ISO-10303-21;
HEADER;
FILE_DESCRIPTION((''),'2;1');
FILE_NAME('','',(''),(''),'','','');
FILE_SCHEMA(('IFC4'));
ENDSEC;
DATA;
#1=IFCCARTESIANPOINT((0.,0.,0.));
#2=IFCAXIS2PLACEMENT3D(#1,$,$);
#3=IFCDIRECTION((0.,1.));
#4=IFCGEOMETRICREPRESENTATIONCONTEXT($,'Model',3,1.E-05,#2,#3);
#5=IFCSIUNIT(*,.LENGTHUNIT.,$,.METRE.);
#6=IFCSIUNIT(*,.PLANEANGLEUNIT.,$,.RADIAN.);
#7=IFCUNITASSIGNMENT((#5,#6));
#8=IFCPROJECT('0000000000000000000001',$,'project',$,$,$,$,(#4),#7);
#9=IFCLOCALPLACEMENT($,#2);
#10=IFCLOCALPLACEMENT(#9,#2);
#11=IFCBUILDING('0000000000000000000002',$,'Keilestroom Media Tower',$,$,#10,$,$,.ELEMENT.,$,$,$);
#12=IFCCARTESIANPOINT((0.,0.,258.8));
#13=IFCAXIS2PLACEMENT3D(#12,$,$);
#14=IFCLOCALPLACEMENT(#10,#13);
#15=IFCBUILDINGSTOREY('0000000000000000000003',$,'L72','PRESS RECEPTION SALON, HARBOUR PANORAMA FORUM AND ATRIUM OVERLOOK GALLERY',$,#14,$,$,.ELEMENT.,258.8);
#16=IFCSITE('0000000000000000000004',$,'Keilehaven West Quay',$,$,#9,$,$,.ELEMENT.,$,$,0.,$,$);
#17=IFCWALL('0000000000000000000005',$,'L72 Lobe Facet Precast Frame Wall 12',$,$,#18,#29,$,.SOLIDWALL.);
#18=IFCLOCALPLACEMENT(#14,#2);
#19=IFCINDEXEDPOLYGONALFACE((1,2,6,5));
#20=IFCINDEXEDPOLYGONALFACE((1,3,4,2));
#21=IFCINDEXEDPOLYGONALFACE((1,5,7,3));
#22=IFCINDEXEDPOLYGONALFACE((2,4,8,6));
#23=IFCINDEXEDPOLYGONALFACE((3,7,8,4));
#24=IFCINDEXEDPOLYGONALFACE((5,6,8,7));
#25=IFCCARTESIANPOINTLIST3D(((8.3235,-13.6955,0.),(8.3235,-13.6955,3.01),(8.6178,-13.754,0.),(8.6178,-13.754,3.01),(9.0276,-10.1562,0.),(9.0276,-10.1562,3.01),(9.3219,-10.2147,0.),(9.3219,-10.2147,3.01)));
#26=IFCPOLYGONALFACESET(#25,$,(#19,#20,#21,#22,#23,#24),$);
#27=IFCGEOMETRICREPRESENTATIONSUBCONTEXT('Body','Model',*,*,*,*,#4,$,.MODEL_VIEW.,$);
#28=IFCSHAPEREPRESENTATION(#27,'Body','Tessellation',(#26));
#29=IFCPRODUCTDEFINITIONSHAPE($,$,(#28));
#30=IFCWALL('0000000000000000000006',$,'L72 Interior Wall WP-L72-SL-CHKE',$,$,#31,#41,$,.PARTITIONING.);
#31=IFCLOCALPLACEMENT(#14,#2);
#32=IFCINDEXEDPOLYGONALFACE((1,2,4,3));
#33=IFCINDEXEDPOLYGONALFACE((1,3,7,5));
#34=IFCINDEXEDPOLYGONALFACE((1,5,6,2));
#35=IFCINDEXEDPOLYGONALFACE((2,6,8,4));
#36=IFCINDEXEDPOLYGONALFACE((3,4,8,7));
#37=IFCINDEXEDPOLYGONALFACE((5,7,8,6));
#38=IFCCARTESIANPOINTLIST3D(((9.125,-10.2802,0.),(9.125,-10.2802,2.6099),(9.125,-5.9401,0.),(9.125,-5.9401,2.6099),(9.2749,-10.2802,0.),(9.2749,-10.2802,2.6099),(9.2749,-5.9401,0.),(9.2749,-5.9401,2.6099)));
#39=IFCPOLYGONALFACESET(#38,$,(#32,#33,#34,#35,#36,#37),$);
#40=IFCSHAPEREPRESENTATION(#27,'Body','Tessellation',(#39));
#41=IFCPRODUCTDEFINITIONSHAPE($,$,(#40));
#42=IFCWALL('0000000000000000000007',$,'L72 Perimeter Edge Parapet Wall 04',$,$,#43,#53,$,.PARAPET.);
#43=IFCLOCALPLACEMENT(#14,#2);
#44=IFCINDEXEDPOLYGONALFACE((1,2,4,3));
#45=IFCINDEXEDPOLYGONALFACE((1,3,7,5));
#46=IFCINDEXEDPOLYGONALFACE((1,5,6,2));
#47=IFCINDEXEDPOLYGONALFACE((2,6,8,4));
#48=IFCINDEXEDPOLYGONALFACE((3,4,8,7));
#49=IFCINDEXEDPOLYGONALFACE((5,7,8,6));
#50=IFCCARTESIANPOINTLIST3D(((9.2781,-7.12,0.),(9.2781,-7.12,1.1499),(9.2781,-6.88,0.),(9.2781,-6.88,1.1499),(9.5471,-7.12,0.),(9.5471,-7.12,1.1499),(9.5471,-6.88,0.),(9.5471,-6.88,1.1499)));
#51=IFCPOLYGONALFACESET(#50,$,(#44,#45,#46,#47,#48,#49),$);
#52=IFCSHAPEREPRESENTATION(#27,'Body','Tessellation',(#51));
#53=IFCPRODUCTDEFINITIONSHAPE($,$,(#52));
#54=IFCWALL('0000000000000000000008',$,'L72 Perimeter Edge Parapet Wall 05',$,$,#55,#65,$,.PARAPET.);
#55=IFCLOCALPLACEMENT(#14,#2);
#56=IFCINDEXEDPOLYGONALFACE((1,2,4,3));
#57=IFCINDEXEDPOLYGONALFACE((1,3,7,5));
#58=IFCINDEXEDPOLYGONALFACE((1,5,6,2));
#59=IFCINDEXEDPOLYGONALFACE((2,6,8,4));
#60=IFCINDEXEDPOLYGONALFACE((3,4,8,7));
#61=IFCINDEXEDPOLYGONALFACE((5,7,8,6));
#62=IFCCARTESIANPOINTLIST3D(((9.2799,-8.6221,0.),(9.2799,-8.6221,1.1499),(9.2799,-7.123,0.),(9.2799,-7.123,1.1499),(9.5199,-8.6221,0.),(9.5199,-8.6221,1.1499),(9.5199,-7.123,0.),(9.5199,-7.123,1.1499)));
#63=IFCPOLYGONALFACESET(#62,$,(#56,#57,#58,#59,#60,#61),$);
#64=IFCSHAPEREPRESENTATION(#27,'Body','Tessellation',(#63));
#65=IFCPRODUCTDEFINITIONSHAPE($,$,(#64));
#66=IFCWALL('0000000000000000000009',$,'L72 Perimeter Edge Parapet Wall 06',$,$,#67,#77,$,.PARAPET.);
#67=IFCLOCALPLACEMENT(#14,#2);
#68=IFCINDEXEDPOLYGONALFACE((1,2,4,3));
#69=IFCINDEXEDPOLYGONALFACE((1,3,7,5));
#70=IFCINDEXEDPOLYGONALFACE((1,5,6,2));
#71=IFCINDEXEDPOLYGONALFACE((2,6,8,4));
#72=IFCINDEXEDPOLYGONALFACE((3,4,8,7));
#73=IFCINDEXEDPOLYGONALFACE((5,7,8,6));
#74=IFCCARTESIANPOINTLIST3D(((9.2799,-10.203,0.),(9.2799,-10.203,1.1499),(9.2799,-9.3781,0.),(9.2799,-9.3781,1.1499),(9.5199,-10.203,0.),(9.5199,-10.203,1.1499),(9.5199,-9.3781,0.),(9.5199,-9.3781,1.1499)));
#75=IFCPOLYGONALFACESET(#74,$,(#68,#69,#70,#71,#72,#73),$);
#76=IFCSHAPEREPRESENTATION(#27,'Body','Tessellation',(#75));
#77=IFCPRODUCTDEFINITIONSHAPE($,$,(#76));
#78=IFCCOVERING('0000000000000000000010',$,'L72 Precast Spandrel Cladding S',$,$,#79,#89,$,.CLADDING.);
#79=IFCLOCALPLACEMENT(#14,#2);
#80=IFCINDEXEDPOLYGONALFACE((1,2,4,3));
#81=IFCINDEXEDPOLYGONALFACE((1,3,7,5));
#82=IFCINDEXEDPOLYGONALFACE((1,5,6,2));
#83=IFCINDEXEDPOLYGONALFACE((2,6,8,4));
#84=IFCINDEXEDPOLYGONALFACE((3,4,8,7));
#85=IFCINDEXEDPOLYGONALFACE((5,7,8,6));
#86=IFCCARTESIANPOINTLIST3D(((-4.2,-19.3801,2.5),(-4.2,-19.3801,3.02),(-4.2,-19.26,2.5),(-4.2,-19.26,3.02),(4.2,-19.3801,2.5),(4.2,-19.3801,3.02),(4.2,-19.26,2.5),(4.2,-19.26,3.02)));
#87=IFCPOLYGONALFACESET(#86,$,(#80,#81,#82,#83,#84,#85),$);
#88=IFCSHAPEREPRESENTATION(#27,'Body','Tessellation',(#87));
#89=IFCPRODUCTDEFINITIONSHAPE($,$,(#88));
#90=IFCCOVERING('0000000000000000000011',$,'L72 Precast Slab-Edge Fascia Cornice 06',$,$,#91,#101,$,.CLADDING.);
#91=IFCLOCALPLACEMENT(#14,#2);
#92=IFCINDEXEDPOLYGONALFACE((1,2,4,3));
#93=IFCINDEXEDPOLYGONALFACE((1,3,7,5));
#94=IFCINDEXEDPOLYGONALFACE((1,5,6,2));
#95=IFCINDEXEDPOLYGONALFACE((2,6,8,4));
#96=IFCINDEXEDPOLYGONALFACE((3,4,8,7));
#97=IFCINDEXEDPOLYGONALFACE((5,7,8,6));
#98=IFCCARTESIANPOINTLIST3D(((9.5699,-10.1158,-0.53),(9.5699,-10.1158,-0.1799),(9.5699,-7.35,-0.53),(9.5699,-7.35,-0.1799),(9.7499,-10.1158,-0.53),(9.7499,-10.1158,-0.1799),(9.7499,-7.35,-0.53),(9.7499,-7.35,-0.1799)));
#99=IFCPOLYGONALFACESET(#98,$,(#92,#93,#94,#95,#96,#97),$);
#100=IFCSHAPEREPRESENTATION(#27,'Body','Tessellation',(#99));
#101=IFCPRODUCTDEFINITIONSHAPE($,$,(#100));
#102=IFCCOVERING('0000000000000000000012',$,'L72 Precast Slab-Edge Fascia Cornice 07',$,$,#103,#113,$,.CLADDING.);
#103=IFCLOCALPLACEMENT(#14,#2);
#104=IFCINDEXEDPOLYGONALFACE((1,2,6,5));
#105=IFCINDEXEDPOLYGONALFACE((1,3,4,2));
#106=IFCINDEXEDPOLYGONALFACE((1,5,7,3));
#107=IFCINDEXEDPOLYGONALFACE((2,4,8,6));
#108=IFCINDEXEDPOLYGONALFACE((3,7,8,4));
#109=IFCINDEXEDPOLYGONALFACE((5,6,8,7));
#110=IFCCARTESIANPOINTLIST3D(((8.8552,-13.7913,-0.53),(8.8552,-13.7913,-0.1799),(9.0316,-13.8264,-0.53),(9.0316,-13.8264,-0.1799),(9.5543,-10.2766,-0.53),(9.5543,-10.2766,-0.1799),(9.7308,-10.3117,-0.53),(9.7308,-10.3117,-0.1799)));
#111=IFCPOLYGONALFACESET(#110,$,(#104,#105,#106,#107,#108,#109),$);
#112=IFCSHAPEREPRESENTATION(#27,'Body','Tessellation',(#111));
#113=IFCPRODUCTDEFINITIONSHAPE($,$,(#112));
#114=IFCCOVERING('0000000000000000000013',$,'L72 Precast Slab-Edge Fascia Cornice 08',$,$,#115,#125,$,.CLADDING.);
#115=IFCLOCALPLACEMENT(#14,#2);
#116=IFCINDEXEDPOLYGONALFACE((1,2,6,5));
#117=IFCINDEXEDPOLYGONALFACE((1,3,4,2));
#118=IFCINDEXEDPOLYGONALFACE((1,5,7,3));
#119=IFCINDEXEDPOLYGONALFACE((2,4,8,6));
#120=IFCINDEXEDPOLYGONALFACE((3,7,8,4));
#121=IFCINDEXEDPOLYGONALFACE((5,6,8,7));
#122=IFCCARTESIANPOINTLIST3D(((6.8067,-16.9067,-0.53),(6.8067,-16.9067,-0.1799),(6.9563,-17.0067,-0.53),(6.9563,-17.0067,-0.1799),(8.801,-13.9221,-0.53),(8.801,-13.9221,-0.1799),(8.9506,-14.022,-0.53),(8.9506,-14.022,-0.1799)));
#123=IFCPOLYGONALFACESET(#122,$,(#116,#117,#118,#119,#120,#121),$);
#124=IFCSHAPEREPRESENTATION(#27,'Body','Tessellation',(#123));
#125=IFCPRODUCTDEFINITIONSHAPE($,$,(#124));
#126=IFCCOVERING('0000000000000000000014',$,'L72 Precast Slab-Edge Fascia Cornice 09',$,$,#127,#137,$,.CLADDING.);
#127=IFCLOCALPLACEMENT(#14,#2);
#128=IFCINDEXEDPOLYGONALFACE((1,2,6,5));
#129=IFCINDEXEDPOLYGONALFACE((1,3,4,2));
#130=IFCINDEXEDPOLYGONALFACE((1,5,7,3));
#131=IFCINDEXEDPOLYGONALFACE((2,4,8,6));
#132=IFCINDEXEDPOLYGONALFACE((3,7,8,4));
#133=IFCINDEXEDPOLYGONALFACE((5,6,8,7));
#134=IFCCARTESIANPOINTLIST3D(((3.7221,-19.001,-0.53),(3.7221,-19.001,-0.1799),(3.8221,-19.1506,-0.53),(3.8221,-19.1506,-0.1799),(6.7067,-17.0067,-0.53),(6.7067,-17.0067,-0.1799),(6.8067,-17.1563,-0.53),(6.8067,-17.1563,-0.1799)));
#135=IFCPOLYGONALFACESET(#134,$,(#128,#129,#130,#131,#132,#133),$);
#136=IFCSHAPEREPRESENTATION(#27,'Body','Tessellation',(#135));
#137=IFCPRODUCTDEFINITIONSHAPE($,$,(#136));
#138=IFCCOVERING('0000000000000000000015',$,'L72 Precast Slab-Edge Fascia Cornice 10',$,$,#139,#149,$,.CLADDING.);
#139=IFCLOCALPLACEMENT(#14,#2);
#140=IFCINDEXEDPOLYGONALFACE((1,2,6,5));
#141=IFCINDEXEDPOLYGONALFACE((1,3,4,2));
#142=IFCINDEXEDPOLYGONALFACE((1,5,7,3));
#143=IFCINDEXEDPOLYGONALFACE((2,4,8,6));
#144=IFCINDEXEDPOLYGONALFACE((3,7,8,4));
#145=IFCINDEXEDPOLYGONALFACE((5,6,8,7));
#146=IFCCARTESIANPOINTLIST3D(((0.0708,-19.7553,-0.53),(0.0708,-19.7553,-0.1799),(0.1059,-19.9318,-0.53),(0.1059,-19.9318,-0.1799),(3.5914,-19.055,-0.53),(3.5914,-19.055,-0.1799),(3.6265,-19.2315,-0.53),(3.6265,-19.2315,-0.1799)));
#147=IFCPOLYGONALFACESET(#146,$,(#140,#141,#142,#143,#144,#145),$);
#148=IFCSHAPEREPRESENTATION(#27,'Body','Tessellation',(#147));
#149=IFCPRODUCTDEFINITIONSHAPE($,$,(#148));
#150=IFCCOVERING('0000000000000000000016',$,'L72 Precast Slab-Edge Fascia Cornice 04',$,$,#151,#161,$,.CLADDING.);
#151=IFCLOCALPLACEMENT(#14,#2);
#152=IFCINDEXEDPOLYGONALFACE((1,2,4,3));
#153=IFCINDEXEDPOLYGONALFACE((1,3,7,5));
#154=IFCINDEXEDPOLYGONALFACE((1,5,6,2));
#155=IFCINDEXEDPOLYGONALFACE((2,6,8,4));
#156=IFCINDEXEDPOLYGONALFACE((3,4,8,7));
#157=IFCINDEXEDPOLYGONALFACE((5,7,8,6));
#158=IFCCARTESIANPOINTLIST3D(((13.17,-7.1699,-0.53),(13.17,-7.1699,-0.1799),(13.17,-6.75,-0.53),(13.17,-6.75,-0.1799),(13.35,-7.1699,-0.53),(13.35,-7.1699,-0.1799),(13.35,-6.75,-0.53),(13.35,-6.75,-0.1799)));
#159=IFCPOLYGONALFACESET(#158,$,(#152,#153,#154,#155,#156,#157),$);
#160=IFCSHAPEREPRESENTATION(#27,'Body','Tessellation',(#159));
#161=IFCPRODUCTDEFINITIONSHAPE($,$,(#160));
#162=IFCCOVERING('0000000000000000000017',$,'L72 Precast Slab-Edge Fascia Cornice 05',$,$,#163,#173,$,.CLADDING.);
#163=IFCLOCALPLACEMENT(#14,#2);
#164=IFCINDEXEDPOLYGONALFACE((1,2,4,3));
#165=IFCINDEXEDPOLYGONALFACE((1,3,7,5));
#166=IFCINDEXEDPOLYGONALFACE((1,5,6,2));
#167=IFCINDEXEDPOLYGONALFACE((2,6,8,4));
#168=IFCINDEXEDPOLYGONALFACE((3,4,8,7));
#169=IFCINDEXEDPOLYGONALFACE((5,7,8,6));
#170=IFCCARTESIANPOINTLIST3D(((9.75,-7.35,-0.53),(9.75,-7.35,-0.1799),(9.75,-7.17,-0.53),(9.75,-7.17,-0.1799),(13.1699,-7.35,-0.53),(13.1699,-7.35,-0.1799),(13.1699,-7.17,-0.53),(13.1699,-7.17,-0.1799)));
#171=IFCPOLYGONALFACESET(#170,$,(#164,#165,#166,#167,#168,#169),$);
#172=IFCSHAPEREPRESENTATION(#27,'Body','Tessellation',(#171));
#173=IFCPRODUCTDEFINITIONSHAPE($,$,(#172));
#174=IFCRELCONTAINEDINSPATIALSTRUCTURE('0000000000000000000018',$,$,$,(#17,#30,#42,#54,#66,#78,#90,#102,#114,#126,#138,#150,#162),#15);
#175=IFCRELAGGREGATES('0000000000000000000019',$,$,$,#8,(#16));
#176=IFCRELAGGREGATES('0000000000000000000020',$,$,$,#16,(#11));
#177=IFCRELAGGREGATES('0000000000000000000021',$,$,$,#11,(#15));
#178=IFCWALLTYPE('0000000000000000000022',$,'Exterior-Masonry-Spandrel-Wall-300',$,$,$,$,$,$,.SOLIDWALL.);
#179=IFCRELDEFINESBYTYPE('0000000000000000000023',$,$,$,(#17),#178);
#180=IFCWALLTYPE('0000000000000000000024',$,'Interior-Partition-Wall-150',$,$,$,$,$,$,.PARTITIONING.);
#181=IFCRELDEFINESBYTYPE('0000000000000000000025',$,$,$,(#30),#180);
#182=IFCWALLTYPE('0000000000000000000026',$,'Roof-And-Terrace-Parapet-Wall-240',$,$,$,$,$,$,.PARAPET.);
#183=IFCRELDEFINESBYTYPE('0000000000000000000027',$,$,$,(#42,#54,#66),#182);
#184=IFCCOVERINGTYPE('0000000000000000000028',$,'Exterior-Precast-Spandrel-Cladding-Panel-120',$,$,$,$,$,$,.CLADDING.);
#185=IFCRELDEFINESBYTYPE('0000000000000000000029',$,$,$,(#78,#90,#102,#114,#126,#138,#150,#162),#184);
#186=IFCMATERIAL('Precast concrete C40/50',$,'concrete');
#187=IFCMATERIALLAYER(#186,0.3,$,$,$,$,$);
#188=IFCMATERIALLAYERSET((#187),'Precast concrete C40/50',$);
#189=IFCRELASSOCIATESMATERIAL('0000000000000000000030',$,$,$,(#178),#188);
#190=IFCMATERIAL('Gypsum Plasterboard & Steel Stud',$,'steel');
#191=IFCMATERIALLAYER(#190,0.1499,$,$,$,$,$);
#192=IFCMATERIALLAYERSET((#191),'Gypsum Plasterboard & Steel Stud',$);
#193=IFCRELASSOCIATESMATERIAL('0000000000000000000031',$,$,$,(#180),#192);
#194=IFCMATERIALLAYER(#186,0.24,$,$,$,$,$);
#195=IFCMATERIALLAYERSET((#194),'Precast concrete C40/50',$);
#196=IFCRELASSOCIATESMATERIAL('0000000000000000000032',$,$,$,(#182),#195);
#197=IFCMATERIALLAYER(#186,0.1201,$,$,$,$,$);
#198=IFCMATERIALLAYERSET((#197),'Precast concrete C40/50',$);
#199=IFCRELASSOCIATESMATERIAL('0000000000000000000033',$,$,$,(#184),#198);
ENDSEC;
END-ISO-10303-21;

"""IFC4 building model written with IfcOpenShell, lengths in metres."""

from ifc_helpers import new_model, si_unit, direction, frame, frame_2d, origin, origin_2d, place, context, subcontext, project, spatial, rectangle, extrude, source, transform, mapped, material, layer, layer_set, type_object, element, save


model = new_model("IFC4")

# Units and contexts
model_context = context("Model", 3, precision=1e-05, world=origin(), true_north=direction((0.0, 1.0)))
body_context = subcontext(model_context, "Body", "Model", "MODEL_VIEW")
ifc_project = project(units=[si_unit("LENGTHUNIT", "METRE"), si_unit("PLANEANGLEUNIT", "RADIAN")], contexts=[model_context])

# Site, building, storey
site_placement = place(None, origin())
site = spatial("IfcSite", under=ifc_project, at=site_placement, Name="Keilehaven West Quay", CompositionType="ELEMENT", RefElevation=0.0)
building_placement = place(site_placement, origin())
building = spatial("IfcBuilding", under=site, at=building_placement, Name="Keilestroom Media Tower", CompositionType="ELEMENT")
storey_placement = place(building_placement, frame((0.0, 0.0, 258.8)))
storey = spatial("IfcBuildingStorey", under=building, at=storey_placement, Name="L72", Description="PRESS RECEPTION SALON, HARBOUR PANORAMA FORUM AND ATRIUM OVERLOOK GALLERY", CompositionType="ELEMENT", Elevation=258.8)

# Walls
ifc_material_1 = material(Name="Precast concrete C40/50", Category="concrete")
ifc_layer_1 = layer(ifc_material_1, 0.3)
ifc_layer_set_1 = layer_set([ifc_layer_1], Name="Precast concrete C40/50")
wall_type_1 = type_object("IfcWallType", Name="Exterior-Masonry-Spandrel-Wall-300", PredefinedType="SOLIDWALL", material=ifc_layer_set_1)
wall_1_placement = place(storey_placement, frame((8.4707, -13.7246, 0.0), z_axis=(0.0, 0.0, 1.0), x_axis=(0.195114, 0.980781, 0.0)))
element("IfcWall", 1, at=wall_1_placement, inside=storey, type_object=wall_type_1, Name="L72 Lobe Facet Precast Frame Wall 12", PredefinedType="SOLIDWALL", context=body_context, shape_type="SweptSolid", body=[
    extrude(rectangle(XDim=3.6086, YDim=0.3, at=frame_2d((1.8042, 0.0))), origin(), (0.0, 0.0, 1.0), 3.01),
])
ifc_material_2 = material(Name="Gypsum Plasterboard & Steel Stud", Category="steel")
ifc_layer_2 = layer(ifc_material_2, 0.1499)
ifc_layer_set_2 = layer_set([ifc_layer_2], Name="Gypsum Plasterboard & Steel Stud")
wall_type_2 = type_object("IfcWallType", Name="Interior-Partition-Wall-150", PredefinedType="PARTITIONING", material=ifc_layer_set_2)
wall_2_placement = place(storey_placement, frame((9.2, -10.28, 0.0), z_axis=(0.0, 0.0, 1.0), x_axis=(0.0, 1.0, 0.0)))
element("IfcWall", 2, at=wall_2_placement, inside=storey, type_object=wall_type_2, Name="L72 Interior Wall WP-L72-SL-CHKE", PredefinedType="PARTITIONING", context=body_context, shape_type="SweptSolid", body=[
    extrude(rectangle(XDim=4.3401, YDim=0.1499, at=frame_2d((2.1699, 0.0))), origin(), (0.0, 0.0, 1.0), 2.6099),
])
ifc_layer_3 = layer(ifc_material_1, 0.24)
ifc_layer_set_3 = layer_set([ifc_layer_3], Name="Precast concrete C40/50")
wall_type_3 = type_object("IfcWallType", Name="Roof-And-Terrace-Parapet-Wall-240", PredefinedType="PARAPET", material=ifc_layer_set_3)
wall_3_placement = place(storey_placement, frame((9.5471, -7.0, 0.0), z_axis=(0.0, 0.0, 1.0), x_axis=(-1.0, 0.0, 0.0)))
element("IfcWall", 3, at=wall_3_placement, inside=storey, type_object=wall_type_3, Name="L72 Perimeter Edge Parapet Wall 04", PredefinedType="PARAPET", context=body_context, shape_type="SweptSolid", body=[
    extrude(rectangle(XDim=0.269, YDim=0.24, at=frame_2d((0.1345, 0.0))), origin(), (0.0, 0.0, 1.0), 1.1499),
])
wall_4_placement = place(storey_placement, frame((9.3999, -7.123, 0.0), z_axis=(0.0, 0.0, 1.0), x_axis=(0.0, -1.0, 0.0)))
element("IfcWall", 4, at=wall_4_placement, inside=storey, type_object=wall_type_3, Name="L72 Perimeter Edge Parapet Wall 05", PredefinedType="PARAPET", context=body_context, shape_type="SweptSolid", body=[
    extrude(rectangle(XDim=1.499, YDim=0.24, at=frame_2d((0.7495, 0.0))), origin(), (0.0, 0.0, 1.0), 1.1499),
])
wall_5_placement = place(storey_placement, frame((9.3999, -9.3779, 0.0), z_axis=(0.0, 0.0, 1.0), x_axis=(0.0, -1.0, 0.0)))
element("IfcWall", 5, at=wall_5_placement, inside=storey, type_object=wall_type_3, Name="L72 Perimeter Edge Parapet Wall 06", PredefinedType="PARAPET", context=body_context, shape_type="SweptSolid", body=[
    extrude(rectangle(XDim=0.825, YDim=0.24, at=frame_2d((0.4126, 0.0))), origin(), (0.0, 0.0, 1.0), 1.1499),
])

# Coverings
ifc_layer_4 = layer(ifc_material_1, 0.1201)
ifc_layer_set_4 = layer_set([ifc_layer_4], Name="Precast concrete C40/50")
covering_type_1 = type_object("IfcCoveringType", Name="Exterior-Precast-Spandrel-Cladding-Panel-120", PredefinedType="CLADDING", material=ifc_layer_set_4)
shared_shape_1 = source(origin(), body_context, "Body", "SweptSolid", [
    extrude(rectangle(XDim=8.3999, YDim=0.1201, at=origin_2d()), origin(), (0.0, 0.0, 1.0), 0.52),
])
covering_1_placement = place(storey_placement, frame((0.0, -19.3201, 2.5), z_axis=(0.0, 0.0, 1.0), x_axis=(1.0, 0.0, 0.0)))
element("IfcCovering", 6, at=covering_1_placement, inside=storey, type_object=covering_type_1, Name="L72 Precast Spandrel Cladding S", PredefinedType="CLADDING", context=body_context, shape_type="MappedRepresentation", body=[
    mapped(shared_shape_1, transform((0.0, 0.0, 0.0), x_axis=(1.0, 0.0, 0.0), y_axis=(0.0, 1.0, 0.0), z_axis=(0.0, 0.0, 1.0), scale=1.0)),
])
shared_shape_2 = source(origin(), body_context, "Body", "SweptSolid", [
    extrude(rectangle(XDim=2.7659, YDim=0.1799, at=origin_2d()), origin(), (0.0, 0.0, 1.0), 0.3501),
])
covering_2_placement = place(storey_placement, frame((9.6599, -8.7329, -0.53), z_axis=(0.0, 0.0, 1.0), x_axis=(0.0, -1.0, 0.0)))
element("IfcCovering", 7, at=covering_2_placement, inside=storey, type_object=covering_type_1, Name="L72 Precast Slab-Edge Fascia Cornice 06", PredefinedType="CLADDING", context=body_context, shape_type="MappedRepresentation", body=[
    mapped(shared_shape_2, transform((0.0, 0.0, 0.0), x_axis=(1.0, 0.0, 0.0), y_axis=(0.0, 1.0, 0.0), z_axis=(0.0, 0.0, 1.0), scale=1.0)),
])
shared_shape_3 = source(origin(), body_context, "Body", "SweptSolid", [
    extrude(rectangle(XDim=3.5835, YDim=0.1799, at=origin_2d()), origin(), (0.0, 0.0, 1.0), 0.3501),
])
covering_3_placement = place(storey_placement, frame((9.293, -12.0515, -0.53), z_axis=(0.0, 0.0, 1.0), x_axis=(-0.195099, -0.980784, 0.0)))
element("IfcCovering", 8, at=covering_3_placement, inside=storey, type_object=covering_type_1, Name="L72 Precast Slab-Edge Fascia Cornice 07", PredefinedType="CLADDING", context=body_context, shape_type="MappedRepresentation", body=[
    mapped(shared_shape_3, transform((0.0, 0.0, 0.0), x_axis=(1.0, 0.0, 0.0), y_axis=(0.0, 1.0, 0.0), z_axis=(0.0, 0.0, 1.0), scale=1.0)),
])
shared_shape_4 = source(origin(), body_context, "Body", "SweptSolid", [
    extrude(rectangle(XDim=3.5896, YDim=0.1799, at=origin_2d()), origin(), (0.0, 0.0, 1.0), 0.3501),
])
for number, where, z_axis, x_axis, name in (
    (9, (7.8787, -15.4644, -0.53), (0.0, 0.0, 1.0), (-0.555575, -0.831467, 0.0), "L72 Precast Slab-Edge Fascia Cornice 08"),
    (10, (5.2644, -18.0786, -0.53), (0.0, 0.0, 1.0), (-0.831467, -0.555575, 0.0), "L72 Precast Slab-Edge Fascia Cornice 09"),
    (11, (1.8486, -19.4934, -0.53), (0.0, 0.0, 1.0), (-0.980784, -0.195099, 0.0), "L72 Precast Slab-Edge Fascia Cornice 10"),
):
    element("IfcCovering", number, at=place(storey_placement, frame(where, z_axis=z_axis, x_axis=x_axis)), inside=storey, type_object=covering_type_1, Name=name, PredefinedType="CLADDING", context=body_context, shape_type="MappedRepresentation", body=[
        mapped(shared_shape_4, transform((0.0, 0.0, 0.0), x_axis=(1.0, 0.0, 0.0), y_axis=(0.0, 1.0, 0.0), z_axis=(0.0, 0.0, 1.0), scale=1.0)),
    ])
shared_shape_5 = source(origin(), body_context, "Body", "SweptSolid", [
    extrude(rectangle(XDim=0.4199, YDim=0.1799, at=origin_2d()), origin(), (0.0, 0.0, 1.0), 0.3501),
])
covering_4_placement = place(storey_placement, frame((13.26, -6.96, -0.53), z_axis=(0.0, 0.0, 1.0), x_axis=(0.0, -1.0, 0.0)))
element("IfcCovering", 12, at=covering_4_placement, inside=storey, type_object=covering_type_1, Name="L72 Precast Slab-Edge Fascia Cornice 04", PredefinedType="CLADDING", context=body_context, shape_type="MappedRepresentation", body=[
    mapped(shared_shape_5, transform((0.0, 0.0, 0.0), x_axis=(1.0, 0.0, 0.0), y_axis=(0.0, 1.0, 0.0), z_axis=(0.0, 0.0, 1.0), scale=1.0)),
])
shared_shape_6 = source(origin(), body_context, "Body", "SweptSolid", [
    extrude(rectangle(XDim=3.4199, YDim=0.1799, at=origin_2d()), origin(), (0.0, 0.0, 1.0), 0.3501),
])
covering_5_placement = place(storey_placement, frame((11.46, -7.26, -0.53), z_axis=(0.0, 0.0, 1.0), x_axis=(-1.0, 0.0, 0.0)))
element("IfcCovering", 13, at=covering_5_placement, inside=storey, type_object=covering_type_1, Name="L72 Precast Slab-Edge Fascia Cornice 05", PredefinedType="CLADDING", context=body_context, shape_type="MappedRepresentation", body=[
    mapped(shared_shape_6, transform((0.0, 0.0, 0.0), x_axis=(1.0, 0.0, 0.0), y_axis=(0.0, 1.0, 0.0), z_axis=(0.0, 0.0, 1.0), scale=1.0)),
])

save(model, "model.ifc")
